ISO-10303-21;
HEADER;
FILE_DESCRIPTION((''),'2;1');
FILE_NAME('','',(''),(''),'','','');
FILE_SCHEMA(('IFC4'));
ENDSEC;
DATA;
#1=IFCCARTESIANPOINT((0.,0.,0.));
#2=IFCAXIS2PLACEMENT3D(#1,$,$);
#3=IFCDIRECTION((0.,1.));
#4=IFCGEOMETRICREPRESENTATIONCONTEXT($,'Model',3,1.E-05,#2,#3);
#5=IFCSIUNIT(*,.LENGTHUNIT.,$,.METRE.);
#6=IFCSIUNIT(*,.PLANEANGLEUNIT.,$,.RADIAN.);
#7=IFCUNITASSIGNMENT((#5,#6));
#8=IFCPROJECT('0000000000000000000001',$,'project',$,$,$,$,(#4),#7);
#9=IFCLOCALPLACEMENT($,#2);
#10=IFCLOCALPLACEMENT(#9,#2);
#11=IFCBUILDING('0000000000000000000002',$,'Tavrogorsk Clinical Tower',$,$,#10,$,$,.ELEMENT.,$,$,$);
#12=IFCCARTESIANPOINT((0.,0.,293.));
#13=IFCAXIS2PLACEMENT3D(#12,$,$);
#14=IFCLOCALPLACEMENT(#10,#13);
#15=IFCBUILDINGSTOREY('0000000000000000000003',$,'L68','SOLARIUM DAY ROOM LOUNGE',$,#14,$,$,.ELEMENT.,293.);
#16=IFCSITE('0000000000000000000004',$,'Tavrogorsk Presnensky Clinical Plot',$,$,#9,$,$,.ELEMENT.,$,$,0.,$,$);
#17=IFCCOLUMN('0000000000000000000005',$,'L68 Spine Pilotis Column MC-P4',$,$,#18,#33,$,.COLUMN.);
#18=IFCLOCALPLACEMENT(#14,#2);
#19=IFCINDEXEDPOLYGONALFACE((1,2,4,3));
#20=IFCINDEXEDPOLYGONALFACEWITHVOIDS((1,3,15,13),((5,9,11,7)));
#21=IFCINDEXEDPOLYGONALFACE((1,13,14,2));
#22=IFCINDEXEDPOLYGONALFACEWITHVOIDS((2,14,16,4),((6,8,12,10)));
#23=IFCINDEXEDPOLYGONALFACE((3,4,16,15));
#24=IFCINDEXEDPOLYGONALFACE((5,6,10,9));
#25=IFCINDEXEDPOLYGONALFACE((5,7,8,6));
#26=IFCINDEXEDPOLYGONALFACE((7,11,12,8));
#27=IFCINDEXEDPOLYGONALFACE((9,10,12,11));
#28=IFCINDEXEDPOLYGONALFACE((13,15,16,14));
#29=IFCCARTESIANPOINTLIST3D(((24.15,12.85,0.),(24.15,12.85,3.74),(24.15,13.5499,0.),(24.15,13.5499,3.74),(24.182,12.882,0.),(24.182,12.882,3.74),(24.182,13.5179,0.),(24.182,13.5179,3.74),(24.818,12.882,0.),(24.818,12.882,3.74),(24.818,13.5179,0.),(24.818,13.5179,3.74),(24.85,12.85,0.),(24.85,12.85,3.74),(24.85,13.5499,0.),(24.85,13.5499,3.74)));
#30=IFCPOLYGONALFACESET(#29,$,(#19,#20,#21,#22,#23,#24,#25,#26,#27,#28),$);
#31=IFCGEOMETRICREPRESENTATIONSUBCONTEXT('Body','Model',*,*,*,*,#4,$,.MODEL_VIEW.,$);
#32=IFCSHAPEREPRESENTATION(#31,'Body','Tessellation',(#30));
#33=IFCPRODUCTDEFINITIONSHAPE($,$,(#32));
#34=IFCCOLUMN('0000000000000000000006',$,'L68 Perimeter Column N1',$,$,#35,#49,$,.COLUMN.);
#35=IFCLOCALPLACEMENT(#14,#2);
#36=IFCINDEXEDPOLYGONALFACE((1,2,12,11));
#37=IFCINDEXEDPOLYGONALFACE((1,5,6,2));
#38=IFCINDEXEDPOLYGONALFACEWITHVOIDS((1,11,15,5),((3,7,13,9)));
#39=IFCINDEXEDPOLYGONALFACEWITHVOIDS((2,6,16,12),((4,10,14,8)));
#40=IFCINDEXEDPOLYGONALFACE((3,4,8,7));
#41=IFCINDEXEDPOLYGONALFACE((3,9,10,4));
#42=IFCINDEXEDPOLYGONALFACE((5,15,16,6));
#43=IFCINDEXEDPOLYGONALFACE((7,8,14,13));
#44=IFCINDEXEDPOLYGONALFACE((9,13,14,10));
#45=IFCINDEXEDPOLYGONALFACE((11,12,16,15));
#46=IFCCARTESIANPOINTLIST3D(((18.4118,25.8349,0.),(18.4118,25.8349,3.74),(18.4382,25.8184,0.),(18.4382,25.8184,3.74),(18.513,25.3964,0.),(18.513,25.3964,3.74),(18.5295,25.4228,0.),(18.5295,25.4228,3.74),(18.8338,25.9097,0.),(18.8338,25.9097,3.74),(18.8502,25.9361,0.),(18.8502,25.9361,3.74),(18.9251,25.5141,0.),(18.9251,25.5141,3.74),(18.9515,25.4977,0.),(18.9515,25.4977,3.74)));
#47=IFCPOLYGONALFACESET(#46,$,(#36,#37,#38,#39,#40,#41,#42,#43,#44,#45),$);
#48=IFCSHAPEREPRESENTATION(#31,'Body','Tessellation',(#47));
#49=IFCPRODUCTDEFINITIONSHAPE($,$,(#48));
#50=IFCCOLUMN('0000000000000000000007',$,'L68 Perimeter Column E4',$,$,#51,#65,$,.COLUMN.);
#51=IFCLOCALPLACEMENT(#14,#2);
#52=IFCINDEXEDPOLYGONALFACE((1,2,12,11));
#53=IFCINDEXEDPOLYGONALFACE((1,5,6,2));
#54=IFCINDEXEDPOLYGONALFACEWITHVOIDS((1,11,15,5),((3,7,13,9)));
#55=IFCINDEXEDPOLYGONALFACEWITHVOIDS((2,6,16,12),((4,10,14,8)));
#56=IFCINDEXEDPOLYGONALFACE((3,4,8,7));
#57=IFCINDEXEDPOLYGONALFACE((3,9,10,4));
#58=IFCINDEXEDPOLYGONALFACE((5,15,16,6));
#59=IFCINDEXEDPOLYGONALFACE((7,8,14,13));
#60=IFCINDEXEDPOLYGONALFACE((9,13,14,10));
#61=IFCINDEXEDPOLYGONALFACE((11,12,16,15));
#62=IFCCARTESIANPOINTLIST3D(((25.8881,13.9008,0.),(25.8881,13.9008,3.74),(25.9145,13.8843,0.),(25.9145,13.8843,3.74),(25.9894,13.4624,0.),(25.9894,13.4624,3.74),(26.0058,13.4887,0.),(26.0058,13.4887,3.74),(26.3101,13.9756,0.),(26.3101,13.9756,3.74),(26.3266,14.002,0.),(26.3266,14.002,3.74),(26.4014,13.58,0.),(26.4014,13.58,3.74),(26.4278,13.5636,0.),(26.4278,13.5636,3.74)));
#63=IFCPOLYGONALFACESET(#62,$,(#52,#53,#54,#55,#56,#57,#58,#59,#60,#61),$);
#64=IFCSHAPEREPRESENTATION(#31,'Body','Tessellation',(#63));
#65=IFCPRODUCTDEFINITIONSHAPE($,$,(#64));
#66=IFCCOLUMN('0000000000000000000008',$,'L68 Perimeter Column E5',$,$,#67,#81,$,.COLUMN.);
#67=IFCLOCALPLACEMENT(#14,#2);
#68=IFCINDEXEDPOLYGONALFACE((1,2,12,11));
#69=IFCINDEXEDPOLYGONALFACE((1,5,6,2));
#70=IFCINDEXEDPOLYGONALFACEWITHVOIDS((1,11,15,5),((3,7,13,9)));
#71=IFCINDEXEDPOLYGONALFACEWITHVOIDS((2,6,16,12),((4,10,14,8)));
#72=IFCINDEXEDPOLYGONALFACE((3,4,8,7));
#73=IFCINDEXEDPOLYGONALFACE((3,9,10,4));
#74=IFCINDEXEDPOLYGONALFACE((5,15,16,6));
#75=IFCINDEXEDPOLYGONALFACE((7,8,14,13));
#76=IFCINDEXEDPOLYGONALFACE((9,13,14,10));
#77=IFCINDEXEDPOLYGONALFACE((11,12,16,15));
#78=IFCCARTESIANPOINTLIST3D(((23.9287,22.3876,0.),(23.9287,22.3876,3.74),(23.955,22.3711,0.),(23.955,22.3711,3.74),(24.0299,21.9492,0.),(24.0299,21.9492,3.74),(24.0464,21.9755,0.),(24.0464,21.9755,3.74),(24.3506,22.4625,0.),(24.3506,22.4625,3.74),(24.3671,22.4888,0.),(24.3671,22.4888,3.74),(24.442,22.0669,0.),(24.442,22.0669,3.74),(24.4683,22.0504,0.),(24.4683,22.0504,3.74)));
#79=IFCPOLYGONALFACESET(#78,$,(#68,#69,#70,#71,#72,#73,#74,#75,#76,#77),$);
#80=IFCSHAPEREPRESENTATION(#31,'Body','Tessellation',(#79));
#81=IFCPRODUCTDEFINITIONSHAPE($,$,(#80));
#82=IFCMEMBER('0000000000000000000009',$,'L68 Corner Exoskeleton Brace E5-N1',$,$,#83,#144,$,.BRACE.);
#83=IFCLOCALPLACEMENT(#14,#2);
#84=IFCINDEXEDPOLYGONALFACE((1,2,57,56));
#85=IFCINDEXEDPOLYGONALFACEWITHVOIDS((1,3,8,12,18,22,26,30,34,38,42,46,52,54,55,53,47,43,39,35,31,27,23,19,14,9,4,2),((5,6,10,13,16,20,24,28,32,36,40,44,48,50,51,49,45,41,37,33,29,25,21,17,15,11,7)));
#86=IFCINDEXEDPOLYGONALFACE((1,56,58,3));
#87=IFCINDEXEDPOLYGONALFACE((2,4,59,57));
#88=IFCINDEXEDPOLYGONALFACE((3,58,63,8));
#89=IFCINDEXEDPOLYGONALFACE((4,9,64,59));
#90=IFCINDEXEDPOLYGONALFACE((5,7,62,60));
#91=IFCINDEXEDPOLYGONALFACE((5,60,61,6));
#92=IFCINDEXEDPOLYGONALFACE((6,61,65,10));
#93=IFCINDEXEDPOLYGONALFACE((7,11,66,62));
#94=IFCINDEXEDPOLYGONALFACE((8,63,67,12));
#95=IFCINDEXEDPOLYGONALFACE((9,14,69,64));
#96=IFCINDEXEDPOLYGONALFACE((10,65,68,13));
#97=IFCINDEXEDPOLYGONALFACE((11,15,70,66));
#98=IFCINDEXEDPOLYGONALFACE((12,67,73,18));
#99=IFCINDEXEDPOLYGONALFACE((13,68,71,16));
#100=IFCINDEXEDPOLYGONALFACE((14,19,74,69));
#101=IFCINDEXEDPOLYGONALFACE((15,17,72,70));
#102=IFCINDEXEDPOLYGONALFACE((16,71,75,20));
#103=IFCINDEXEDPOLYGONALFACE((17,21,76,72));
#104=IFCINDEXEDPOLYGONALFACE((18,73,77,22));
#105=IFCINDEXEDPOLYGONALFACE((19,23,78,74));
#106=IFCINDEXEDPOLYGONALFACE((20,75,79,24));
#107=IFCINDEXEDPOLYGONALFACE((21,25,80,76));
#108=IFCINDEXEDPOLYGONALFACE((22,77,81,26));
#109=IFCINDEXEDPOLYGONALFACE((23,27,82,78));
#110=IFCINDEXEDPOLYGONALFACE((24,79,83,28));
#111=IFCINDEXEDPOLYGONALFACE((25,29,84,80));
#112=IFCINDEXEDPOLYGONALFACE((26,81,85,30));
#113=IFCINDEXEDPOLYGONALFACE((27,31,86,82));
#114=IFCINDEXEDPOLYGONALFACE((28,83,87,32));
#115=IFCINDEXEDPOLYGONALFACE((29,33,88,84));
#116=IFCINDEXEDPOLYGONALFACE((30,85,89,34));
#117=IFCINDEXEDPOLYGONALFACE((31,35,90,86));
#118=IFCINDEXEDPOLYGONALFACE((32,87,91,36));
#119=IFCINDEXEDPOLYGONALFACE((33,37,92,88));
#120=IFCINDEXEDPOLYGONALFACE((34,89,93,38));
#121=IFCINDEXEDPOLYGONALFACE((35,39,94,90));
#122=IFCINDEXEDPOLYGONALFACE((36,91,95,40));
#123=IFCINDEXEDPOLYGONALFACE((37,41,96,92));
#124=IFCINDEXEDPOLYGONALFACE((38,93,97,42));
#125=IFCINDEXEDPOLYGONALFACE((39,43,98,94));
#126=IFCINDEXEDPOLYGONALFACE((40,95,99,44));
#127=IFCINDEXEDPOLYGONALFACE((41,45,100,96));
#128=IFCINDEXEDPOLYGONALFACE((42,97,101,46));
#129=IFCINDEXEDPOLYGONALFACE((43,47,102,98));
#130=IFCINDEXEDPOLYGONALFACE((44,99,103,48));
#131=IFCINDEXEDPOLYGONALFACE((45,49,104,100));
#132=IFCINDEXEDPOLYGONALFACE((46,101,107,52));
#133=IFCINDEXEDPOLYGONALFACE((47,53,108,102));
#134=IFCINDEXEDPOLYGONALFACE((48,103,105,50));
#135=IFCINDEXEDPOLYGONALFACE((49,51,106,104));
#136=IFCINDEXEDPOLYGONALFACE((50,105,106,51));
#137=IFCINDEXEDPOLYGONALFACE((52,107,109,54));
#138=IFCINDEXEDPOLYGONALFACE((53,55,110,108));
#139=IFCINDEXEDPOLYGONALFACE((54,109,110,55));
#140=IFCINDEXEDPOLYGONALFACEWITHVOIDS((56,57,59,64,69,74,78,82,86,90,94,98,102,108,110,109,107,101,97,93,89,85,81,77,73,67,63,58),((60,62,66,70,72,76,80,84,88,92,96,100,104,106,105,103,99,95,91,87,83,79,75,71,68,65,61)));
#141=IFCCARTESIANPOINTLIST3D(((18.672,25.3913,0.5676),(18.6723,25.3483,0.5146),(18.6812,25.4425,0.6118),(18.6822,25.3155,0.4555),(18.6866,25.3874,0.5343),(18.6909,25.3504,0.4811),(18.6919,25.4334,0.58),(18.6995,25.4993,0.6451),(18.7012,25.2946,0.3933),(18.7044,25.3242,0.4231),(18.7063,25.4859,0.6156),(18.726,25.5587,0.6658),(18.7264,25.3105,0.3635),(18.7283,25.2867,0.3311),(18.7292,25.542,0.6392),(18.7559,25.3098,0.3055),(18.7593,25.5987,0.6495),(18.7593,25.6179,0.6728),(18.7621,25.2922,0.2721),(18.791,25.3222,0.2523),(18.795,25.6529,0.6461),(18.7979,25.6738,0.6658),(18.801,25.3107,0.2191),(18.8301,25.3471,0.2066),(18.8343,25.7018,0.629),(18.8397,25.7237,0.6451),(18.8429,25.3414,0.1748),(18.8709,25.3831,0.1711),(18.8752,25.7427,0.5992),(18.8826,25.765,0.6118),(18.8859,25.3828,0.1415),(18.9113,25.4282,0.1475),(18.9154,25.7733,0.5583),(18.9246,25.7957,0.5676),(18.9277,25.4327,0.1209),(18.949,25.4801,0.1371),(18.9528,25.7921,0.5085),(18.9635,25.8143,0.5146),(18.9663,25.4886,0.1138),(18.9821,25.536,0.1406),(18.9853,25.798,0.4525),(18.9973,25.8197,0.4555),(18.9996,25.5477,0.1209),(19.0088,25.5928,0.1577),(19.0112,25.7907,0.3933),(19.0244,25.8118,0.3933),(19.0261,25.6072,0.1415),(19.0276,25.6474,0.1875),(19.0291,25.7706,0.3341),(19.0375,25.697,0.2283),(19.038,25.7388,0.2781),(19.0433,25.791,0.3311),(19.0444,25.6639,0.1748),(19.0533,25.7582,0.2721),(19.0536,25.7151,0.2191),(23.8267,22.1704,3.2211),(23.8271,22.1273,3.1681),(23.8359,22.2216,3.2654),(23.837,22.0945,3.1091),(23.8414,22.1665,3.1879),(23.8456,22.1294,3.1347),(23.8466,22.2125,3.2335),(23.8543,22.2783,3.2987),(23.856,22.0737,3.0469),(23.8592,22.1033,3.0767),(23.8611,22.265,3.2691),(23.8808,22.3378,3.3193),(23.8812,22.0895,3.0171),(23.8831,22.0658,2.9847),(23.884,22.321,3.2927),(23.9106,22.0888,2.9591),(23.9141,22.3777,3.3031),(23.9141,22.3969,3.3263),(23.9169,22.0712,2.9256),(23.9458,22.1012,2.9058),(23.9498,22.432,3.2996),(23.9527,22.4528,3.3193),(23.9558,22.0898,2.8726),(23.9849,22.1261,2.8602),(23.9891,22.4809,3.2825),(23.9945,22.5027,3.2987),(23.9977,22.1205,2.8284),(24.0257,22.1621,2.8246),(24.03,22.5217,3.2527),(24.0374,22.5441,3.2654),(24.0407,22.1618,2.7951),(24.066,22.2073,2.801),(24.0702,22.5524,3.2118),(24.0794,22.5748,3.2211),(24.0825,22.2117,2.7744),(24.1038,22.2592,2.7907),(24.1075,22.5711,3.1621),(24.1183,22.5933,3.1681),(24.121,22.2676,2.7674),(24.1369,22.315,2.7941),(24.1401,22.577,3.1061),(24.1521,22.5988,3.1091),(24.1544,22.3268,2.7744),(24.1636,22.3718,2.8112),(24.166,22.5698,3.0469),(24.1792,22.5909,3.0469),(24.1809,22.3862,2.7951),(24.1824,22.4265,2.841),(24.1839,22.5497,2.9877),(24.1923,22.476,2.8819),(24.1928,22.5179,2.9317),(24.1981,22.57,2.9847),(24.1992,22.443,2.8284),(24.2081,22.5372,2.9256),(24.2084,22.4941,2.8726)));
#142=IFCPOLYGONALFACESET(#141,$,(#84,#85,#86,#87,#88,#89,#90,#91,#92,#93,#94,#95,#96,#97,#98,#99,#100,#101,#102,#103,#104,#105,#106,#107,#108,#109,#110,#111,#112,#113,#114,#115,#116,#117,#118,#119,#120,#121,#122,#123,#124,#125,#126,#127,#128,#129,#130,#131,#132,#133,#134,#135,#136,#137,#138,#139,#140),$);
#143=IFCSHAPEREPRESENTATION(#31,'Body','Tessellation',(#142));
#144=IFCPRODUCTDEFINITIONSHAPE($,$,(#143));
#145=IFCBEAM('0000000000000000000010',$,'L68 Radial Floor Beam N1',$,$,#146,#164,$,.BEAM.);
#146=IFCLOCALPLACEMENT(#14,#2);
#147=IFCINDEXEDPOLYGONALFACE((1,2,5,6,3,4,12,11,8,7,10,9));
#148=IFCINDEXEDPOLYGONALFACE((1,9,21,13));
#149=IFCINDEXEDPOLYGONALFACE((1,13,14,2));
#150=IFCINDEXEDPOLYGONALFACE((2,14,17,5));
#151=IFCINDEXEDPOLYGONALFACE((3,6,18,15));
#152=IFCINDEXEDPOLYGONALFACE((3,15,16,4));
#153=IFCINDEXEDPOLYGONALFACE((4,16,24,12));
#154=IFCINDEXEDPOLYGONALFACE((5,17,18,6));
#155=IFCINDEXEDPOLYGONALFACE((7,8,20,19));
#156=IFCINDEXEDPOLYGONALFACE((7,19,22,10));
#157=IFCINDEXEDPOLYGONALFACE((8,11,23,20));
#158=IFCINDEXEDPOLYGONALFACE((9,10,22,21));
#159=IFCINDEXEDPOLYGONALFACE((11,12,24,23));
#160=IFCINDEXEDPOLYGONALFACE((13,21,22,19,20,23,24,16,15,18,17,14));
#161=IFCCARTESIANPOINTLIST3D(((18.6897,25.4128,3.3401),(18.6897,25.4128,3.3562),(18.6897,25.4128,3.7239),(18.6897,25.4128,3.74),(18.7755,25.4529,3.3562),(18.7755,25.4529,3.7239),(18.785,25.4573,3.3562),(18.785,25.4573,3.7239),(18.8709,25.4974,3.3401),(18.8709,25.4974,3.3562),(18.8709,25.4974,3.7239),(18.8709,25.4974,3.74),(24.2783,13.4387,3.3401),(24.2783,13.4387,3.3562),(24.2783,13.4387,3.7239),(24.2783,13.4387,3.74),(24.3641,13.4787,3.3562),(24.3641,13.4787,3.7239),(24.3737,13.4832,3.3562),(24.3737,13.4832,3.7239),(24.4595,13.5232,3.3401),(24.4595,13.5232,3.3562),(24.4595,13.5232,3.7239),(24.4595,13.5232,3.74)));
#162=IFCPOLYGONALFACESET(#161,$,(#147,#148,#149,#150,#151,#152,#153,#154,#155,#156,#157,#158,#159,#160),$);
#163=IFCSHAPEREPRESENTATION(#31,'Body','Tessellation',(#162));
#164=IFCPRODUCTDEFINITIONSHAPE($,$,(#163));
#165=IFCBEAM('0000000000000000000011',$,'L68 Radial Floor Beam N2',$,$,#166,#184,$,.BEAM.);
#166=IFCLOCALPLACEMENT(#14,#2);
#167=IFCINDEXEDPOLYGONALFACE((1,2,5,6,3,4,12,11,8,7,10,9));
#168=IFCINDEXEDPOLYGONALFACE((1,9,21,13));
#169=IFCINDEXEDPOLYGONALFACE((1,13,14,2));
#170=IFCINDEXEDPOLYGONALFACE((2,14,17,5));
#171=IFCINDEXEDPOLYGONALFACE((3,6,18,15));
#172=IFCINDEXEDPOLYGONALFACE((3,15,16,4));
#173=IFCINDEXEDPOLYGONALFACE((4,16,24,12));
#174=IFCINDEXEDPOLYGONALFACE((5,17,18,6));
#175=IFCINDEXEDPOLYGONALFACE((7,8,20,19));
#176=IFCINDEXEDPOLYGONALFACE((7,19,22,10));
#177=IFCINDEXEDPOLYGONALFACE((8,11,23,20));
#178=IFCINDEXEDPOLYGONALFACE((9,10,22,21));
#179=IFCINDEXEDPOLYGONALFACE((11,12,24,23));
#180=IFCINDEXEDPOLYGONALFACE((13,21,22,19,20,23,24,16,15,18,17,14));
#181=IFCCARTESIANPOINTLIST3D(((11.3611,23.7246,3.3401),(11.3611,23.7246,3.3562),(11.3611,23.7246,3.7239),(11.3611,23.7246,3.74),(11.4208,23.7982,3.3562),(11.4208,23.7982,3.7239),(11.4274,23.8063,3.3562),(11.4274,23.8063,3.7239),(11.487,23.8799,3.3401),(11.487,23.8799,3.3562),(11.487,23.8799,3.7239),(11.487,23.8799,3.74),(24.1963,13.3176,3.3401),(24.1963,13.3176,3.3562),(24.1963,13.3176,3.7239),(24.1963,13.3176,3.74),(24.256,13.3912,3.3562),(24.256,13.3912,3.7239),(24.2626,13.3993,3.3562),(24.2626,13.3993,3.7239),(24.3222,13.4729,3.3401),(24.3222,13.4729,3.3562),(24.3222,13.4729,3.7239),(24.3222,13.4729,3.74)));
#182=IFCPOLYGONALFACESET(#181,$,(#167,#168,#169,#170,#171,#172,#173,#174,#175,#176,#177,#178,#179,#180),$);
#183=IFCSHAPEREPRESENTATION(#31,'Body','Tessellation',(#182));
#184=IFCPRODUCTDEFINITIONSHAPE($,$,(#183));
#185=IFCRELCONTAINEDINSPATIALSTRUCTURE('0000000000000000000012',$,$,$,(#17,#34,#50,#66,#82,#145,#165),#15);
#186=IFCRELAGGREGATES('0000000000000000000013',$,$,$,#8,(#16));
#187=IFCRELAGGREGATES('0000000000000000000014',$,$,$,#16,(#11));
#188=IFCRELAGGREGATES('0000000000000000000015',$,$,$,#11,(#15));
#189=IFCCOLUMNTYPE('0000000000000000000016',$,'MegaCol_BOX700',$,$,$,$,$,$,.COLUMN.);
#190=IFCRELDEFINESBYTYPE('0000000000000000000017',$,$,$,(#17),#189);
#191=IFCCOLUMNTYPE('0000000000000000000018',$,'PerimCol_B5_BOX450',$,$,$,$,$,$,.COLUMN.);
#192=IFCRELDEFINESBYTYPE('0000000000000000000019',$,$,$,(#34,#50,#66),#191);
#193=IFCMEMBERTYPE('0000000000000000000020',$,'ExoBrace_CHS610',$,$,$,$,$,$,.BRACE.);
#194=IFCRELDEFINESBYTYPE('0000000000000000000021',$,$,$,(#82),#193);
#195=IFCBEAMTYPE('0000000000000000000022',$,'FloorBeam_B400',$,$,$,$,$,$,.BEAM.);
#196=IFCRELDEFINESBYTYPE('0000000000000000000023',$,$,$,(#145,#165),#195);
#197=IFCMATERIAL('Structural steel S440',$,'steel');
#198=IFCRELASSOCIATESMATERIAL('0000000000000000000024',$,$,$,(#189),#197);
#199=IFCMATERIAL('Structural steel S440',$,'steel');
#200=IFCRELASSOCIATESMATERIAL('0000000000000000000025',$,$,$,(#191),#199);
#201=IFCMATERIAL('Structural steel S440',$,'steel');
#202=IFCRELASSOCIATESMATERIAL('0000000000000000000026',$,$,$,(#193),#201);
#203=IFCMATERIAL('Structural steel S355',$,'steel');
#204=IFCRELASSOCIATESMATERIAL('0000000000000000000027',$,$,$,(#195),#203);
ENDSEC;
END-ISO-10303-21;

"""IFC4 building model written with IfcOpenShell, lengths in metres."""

from ifc_helpers import new_model, si_unit, direction, frame, origin, origin_2d, place, context, subcontext, project, spatial, hollow_rectangle, hollow_circle, i_section, extrude, material, material_profile, profile_set, type_object, element, save


model = new_model("IFC4")

# Units and contexts
model_context = context("Model", 3, precision=1e-05, world=origin(), true_north=direction((0.0, 1.0)))
body_context = subcontext(model_context, "Body", "Model", "MODEL_VIEW")
ifc_project = project(units=[si_unit("LENGTHUNIT", "METRE"), si_unit("PLANEANGLEUNIT", "RADIAN")], contexts=[model_context])

# Site, building, storey
site_placement = place(None, origin())
site = spatial("IfcSite", under=ifc_project, at=site_placement, Name="Tavrogorsk Presnensky Clinical Plot", CompositionType="ELEMENT", RefElevation=0.0)
building_placement = place(site_placement, origin())
building = spatial("IfcBuilding", under=site, at=building_placement, Name="Tavrogorsk Clinical Tower", CompositionType="ELEMENT")
storey_placement = place(building_placement, frame((0.0, 0.0, 293.0)))
storey = spatial("IfcBuildingStorey", under=building, at=storey_placement, Name="L68", Description="SOLARIUM DAY ROOM LOUNGE", CompositionType="ELEMENT", Elevation=293.0)

# Columns
ifc_material_1 = material(Name="Structural steel S440", Category="steel")
ifc_material_profile_1 = material_profile(ifc_material_1, hollow_rectangle(XDim=0.7, YDim=0.7, WallThickness=0.032, at=origin_2d()), Name="BOX-700x700x32")
ifc_profile_set_1 = profile_set([ifc_material_profile_1], Name="Structural steel S440")
column_type_1 = type_object("IfcColumnType", Name="MegaCol_BOX700", PredefinedType="COLUMN", material=ifc_profile_set_1)
column_placement = place(storey_placement, frame((24.5, 13.2, 0.0), z_axis=(0.0, 0.0, 1.0), x_axis=(1.0, 0.0, 0.0)))
element("IfcColumn", 1, at=column_placement, inside=storey, type_object=column_type_1, Name="L68 Spine Pilotis Column MC-P4", PredefinedType="COLUMN", context=body_context, shape_type="SweptSolid", body=[
    extrude(hollow_rectangle(XDim=0.7, YDim=0.7, WallThickness=0.032, at=origin_2d()), origin(), (0.0, 0.0, 1.0), 3.74),
])
ifc_material_2 = material(Name="Structural steel S440", Category="steel")
ifc_material_profile_2 = material_profile(ifc_material_2, hollow_rectangle(XDim=0.45, YDim=0.45, WallThickness=0.022, at=origin_2d()), Name="BOX-450x450x22")
ifc_profile_set_2 = profile_set([ifc_material_profile_2], Name="Structural steel S440")
column_type_2 = type_object("IfcColumnType", Name="PerimCol_B5_BOX450", PredefinedType="COLUMN", material=ifc_profile_set_2)
for number, where, z_axis, x_axis, name in (
    (2, (18.6816, 25.6663, 0.0), (0.0, 0.0, 1.0), (0.97437, 0.224951, 0.0), "L68 Perimeter Column N1"),
    (3, (26.158, 13.7322, 0.0), (0.0, 0.0, 1.0), (0.97437, 0.224951, 0.0), "L68 Perimeter Column E4"),
    (4, (24.1985, 22.219, 0.0), (0.0, 0.0, 1.0), (0.97437, 0.224951, 0.0), "L68 Perimeter Column E5"),
):
    element("IfcColumn", number, at=place(storey_placement, frame(where, z_axis=z_axis, x_axis=x_axis)), inside=storey, type_object=column_type_2, Name=name, PredefinedType="COLUMN", context=body_context, shape_type="SweptSolid", body=[
        extrude(hollow_rectangle(XDim=0.45, YDim=0.45, WallThickness=0.022, at=origin_2d()), origin(), (0.0, 0.0, 1.0), 3.74),
    ])

# Member
ifc_material_3 = material(Name="Structural steel S440", Category="steel")
ifc_material_profile_3 = material_profile(ifc_material_3, hollow_circle(Radius=0.3049, WallThickness=0.0249, at=origin_2d()), Name="CHS-610x25")
ifc_profile_set_3 = profile_set([ifc_material_profile_3], Name="Structural steel S440")
member_type_1 = type_object("IfcMemberType", Name="ExoBrace_CHS610", PredefinedType="BRACE", material=ifc_profile_set_3)
member_placement = place(storey_placement, frame((18.8628, 25.5532, 0.3933), z_axis=(0.777222, -0.485644, 0.400096), x_axis=(0.529905, 0.848057, 0.0)))
element("IfcMember", 5, at=member_placement, inside=storey, type_object=member_type_1, Name="L68 Corner Exoskeleton Brace E5-N1", PredefinedType="BRACE", context=body_context, shape_type="SweptSolid", body=[
    extrude(hollow_circle(Radius=0.3049, WallThickness=0.0249, at=origin_2d()), origin(), (0.0, 0.0, 1.0), 6.6323),
])

# Beams
ifc_material_4 = material(Name="Structural steel S355", Category="steel")
ifc_material_profile_4 = material_profile(ifc_material_4, i_section(OverallWidth=0.2, OverallDepth=0.3999, WebThickness=0.0105, FlangeThickness=0.0161, at=origin_2d()), Name="B-400x200x10.5x16")
ifc_profile_set_4 = profile_set([ifc_material_profile_4], Name="Structural steel S355")
beam_type_1 = type_object("IfcBeamType", Name="FloorBeam_B400", PredefinedType="BEAM", material=ifc_profile_set_4)
beam_1_placement = place(storey_placement, frame((24.3689, 13.481, 3.54), z_axis=(-0.422929, 0.906163, 0.0), x_axis=(-0.906163, -0.422929, 0.0)))
element("IfcBeam", 6, at=beam_1_placement, inside=storey, type_object=beam_type_1, Name="L68 Radial Floor Beam N1", PredefinedType="BEAM", context=body_context, shape_type="SweptSolid", body=[
    extrude(i_section(OverallWidth=0.2, OverallDepth=0.3999, WebThickness=0.0105, FlangeThickness=0.0161, at=origin_2d()), origin(), (0.0, 0.0, 1.0), 13.2141),
])
beam_2_placement = place(storey_placement, frame((24.2593, 13.3953, 3.54), z_axis=(-0.776754, 0.629804, 0.0), x_axis=(-0.629804, -0.776754, 0.0)))
element("IfcBeam", 7, at=beam_2_placement, inside=storey, type_object=beam_type_1, Name="L68 Radial Floor Beam N2", PredefinedType="BEAM", context=body_context, shape_type="SweptSolid", body=[
    extrude(i_section(OverallWidth=0.2, OverallDepth=0.3999, WebThickness=0.0105, FlangeThickness=0.0161, at=origin_2d()), origin(), (0.0, 0.0, 1.0), 16.5242),
])

save(model, "model.ifc")
